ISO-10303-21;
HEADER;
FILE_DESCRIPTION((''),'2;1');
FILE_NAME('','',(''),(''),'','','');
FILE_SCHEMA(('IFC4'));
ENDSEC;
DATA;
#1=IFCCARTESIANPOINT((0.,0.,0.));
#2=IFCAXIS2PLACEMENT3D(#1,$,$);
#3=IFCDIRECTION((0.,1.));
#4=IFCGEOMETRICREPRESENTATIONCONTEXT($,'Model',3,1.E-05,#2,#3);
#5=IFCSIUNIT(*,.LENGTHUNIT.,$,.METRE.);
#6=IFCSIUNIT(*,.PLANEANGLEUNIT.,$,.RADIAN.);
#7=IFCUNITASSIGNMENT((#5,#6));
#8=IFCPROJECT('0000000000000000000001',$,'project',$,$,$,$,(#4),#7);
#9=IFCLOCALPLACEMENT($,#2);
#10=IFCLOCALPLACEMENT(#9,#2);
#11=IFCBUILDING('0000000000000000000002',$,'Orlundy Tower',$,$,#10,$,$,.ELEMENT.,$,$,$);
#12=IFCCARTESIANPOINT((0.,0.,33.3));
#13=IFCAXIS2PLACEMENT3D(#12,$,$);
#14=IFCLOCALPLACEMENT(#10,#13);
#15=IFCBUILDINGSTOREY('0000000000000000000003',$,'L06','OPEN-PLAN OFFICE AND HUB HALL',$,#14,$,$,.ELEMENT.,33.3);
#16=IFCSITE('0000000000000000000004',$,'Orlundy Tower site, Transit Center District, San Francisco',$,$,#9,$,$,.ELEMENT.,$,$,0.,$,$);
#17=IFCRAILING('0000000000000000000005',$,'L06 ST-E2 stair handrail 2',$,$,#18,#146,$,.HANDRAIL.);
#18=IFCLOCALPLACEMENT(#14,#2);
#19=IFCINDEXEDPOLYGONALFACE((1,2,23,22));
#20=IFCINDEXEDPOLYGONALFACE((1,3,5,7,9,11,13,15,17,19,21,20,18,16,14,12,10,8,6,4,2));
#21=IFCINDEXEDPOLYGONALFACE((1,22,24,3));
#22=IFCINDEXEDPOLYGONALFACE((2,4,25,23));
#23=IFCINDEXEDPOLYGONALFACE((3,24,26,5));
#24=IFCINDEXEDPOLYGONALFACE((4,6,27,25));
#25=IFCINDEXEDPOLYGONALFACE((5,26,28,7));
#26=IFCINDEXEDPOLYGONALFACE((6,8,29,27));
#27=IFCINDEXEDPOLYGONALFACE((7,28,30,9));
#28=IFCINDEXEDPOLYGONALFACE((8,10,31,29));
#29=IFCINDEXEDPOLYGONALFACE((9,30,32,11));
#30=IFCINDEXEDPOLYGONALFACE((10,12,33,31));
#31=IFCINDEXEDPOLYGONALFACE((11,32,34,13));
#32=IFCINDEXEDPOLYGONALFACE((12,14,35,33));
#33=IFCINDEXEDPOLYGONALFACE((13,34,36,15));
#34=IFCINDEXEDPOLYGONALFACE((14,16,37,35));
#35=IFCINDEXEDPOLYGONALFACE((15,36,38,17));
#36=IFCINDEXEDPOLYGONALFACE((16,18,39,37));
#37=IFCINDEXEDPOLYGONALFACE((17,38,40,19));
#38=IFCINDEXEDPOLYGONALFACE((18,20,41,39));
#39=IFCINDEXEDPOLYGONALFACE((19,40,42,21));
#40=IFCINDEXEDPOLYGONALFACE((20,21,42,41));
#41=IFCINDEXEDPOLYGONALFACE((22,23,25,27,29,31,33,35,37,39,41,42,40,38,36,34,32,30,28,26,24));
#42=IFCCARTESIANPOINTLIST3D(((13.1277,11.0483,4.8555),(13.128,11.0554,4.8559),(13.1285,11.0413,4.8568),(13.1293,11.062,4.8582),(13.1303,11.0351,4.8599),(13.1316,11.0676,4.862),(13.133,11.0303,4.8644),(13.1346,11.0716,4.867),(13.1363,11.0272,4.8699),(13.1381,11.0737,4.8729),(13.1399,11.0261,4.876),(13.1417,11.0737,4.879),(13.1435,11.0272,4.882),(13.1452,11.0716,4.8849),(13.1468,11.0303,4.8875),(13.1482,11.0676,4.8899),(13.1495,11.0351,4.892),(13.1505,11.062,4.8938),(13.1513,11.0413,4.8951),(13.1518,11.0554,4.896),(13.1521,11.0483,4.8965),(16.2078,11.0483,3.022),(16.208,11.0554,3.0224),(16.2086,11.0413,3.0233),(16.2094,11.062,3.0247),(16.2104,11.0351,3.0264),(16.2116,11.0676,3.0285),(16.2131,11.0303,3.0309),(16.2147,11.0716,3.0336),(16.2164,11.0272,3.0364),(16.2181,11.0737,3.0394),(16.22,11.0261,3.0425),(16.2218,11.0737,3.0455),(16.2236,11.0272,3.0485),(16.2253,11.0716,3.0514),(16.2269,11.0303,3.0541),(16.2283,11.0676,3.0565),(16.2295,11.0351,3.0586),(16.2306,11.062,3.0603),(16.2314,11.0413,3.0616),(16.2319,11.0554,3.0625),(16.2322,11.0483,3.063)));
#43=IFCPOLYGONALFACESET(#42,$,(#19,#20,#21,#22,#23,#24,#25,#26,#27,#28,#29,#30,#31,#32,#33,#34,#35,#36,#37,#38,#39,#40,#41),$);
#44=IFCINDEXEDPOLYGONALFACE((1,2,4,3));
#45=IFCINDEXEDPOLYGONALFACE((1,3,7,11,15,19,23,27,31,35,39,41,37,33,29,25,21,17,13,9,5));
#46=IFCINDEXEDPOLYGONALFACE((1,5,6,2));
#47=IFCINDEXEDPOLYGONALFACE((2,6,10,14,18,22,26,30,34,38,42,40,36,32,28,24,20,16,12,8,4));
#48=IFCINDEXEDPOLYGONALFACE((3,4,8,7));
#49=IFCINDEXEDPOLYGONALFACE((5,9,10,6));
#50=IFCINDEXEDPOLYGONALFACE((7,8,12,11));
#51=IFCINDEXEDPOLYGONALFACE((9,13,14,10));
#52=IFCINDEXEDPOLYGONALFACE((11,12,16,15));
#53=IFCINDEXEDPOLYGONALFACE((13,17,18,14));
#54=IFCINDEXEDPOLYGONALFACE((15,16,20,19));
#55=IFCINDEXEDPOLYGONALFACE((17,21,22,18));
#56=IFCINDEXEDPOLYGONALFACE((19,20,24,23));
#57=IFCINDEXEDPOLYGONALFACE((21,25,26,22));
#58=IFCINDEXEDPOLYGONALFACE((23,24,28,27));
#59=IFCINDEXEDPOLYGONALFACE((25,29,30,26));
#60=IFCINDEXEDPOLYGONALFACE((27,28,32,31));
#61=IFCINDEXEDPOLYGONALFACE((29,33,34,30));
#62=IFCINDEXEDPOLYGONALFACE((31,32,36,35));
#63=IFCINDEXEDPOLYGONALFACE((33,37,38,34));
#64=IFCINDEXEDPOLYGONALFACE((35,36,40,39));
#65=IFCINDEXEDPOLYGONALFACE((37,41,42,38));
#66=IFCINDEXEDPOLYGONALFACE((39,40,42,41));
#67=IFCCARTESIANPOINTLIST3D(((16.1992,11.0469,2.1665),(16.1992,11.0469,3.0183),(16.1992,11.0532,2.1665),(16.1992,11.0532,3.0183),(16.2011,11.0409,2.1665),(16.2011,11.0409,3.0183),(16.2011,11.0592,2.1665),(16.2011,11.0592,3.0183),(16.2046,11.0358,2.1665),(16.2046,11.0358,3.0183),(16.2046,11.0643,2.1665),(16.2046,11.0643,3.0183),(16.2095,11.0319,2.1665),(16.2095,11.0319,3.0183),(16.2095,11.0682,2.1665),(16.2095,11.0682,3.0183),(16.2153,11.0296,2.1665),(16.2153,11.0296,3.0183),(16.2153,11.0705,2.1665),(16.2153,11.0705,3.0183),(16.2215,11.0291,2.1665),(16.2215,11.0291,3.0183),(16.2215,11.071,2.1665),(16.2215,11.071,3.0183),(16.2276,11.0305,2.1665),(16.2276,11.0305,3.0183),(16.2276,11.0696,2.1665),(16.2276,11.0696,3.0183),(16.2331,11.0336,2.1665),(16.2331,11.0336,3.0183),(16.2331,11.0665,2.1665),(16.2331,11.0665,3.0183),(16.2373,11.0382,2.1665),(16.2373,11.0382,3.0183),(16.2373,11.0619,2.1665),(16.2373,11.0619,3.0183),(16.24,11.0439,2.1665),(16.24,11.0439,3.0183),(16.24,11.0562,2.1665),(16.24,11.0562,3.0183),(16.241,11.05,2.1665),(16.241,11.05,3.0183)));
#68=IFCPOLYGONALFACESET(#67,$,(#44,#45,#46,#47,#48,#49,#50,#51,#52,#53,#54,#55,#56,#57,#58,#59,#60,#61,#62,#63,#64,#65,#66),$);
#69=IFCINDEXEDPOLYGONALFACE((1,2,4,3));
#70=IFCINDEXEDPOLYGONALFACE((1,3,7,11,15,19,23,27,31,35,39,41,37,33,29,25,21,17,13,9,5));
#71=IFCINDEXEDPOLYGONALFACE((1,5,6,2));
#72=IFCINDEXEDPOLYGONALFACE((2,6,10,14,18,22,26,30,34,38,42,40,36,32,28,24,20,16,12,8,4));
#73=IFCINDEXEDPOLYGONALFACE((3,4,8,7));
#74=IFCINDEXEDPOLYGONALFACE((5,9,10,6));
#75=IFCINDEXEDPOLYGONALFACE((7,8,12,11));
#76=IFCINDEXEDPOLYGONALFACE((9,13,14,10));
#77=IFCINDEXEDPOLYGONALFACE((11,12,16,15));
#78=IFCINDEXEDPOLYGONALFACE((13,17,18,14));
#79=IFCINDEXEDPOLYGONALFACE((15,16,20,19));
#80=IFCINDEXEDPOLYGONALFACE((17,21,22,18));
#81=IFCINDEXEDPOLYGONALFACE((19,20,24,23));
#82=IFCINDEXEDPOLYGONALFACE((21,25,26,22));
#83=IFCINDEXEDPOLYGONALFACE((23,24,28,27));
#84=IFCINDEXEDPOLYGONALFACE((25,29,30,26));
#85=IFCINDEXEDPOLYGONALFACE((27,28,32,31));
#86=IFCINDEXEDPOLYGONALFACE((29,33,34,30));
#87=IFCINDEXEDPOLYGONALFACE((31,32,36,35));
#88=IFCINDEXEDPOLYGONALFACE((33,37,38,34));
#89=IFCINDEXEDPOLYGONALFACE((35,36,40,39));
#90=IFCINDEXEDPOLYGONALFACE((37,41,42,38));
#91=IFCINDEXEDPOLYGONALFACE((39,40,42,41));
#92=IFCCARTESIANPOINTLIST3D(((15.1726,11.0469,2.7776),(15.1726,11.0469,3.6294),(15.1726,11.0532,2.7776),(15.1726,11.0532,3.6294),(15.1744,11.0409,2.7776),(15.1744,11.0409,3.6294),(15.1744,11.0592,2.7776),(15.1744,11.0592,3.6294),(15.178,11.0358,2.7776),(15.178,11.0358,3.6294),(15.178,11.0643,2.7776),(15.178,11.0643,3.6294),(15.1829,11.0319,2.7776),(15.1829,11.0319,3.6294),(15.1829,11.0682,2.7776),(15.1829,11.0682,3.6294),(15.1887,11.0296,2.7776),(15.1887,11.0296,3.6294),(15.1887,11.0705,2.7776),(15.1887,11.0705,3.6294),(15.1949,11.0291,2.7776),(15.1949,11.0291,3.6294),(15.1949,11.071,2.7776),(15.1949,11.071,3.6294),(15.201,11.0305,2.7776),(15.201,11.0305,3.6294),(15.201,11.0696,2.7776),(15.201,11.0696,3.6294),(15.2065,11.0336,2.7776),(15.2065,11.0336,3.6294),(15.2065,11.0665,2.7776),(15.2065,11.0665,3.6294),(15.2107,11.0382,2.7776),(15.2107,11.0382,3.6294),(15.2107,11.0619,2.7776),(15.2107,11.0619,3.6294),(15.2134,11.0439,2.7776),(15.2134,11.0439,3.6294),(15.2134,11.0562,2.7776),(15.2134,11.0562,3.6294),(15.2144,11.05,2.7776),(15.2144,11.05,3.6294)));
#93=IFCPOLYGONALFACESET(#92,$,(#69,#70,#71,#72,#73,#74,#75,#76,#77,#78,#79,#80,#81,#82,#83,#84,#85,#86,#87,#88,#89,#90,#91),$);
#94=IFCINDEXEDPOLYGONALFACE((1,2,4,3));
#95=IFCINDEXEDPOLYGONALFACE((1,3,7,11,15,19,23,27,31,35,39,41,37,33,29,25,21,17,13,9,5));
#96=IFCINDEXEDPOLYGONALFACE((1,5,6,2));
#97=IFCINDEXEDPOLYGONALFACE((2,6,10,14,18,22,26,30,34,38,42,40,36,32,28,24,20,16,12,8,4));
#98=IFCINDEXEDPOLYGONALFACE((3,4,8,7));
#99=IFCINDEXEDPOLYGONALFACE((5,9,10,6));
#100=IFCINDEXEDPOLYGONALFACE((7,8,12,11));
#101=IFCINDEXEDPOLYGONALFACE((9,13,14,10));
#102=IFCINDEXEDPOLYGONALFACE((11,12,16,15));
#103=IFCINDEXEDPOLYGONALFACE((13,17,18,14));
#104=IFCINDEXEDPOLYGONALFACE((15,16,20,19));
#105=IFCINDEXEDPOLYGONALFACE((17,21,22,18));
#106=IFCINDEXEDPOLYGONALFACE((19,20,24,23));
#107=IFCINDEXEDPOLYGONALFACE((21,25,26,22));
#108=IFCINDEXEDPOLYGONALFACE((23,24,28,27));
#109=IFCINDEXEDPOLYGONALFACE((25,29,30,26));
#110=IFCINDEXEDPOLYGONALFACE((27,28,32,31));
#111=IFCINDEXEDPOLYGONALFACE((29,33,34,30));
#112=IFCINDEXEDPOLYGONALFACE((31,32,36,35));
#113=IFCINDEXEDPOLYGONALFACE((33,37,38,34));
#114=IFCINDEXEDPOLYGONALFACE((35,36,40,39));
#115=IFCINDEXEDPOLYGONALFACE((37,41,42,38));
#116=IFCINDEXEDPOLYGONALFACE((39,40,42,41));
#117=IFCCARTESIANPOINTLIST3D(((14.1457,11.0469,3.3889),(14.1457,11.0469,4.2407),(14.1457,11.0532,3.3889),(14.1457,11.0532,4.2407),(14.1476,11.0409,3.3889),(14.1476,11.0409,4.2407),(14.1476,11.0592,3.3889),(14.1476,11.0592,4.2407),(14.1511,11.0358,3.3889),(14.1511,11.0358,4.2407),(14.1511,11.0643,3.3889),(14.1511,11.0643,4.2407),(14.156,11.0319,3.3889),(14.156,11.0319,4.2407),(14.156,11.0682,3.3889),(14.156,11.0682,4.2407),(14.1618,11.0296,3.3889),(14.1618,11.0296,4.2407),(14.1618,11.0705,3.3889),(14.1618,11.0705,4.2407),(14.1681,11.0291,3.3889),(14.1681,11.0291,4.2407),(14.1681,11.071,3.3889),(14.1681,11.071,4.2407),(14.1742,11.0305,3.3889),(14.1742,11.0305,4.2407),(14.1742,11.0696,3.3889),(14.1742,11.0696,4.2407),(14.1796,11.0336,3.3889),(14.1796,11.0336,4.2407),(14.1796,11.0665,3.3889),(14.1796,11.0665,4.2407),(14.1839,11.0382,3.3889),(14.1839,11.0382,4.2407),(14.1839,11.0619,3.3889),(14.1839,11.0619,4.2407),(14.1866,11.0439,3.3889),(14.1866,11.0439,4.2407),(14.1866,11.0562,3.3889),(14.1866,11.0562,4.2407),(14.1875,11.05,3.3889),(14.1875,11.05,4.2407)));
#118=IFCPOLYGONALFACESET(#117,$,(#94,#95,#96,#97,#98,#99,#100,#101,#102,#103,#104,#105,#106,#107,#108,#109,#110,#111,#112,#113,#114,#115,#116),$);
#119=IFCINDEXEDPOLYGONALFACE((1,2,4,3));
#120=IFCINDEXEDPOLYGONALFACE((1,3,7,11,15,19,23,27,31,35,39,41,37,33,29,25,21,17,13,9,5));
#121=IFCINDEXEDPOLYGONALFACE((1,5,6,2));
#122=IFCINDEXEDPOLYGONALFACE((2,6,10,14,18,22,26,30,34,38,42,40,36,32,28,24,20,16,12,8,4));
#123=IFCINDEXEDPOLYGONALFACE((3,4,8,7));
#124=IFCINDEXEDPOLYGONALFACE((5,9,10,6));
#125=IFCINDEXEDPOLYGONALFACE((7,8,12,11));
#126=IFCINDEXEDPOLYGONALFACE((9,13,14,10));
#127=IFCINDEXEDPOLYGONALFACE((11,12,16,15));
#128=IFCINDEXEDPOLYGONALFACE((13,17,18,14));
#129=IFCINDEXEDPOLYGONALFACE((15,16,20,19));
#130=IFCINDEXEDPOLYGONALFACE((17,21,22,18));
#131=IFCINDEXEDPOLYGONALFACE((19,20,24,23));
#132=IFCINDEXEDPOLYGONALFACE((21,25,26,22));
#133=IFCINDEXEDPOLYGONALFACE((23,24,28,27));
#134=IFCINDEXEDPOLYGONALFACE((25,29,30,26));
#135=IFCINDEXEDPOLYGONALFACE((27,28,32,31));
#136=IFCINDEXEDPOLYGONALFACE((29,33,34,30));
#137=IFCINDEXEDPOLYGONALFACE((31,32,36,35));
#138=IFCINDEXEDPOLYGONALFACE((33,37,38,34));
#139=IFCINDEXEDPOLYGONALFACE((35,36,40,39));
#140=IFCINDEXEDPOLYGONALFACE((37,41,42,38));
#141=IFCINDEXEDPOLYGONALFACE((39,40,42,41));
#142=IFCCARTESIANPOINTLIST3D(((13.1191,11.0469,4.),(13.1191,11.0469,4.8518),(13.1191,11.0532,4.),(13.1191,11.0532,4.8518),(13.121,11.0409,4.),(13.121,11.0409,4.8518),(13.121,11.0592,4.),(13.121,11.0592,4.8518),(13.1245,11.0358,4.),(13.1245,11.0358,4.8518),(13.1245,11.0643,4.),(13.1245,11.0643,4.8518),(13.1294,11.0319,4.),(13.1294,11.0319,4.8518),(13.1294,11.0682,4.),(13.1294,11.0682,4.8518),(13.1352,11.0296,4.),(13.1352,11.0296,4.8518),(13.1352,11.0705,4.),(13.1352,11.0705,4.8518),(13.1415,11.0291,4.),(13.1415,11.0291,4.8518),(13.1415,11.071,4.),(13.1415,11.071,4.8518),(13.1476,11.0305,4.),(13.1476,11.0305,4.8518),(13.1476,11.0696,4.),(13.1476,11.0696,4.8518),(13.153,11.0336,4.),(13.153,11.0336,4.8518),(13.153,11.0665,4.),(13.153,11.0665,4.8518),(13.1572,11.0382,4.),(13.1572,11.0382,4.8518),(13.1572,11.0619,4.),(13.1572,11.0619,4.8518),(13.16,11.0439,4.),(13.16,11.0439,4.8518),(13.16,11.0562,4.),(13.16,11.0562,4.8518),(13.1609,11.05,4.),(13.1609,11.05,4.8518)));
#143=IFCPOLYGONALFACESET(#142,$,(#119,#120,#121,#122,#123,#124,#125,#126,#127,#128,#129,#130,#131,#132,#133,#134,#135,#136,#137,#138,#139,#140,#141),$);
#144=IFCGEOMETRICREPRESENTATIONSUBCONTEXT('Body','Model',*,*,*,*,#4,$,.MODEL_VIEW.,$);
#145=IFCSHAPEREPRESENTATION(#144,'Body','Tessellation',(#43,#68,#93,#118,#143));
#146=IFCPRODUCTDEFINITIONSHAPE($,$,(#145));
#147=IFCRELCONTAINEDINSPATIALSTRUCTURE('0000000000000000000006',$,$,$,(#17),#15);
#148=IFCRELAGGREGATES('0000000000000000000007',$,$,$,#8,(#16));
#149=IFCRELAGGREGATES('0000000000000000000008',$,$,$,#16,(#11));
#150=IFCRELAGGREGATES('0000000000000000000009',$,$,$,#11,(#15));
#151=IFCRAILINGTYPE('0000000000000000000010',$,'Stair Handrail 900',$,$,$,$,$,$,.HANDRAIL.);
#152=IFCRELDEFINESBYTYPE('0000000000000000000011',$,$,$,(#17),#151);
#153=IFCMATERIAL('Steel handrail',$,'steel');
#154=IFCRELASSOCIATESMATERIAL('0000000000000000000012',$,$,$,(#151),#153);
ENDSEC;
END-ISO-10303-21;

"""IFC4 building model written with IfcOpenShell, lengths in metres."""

from ifc_helpers import new_model, si_unit, direction, frame, origin, origin_2d, place, context, subcontext, project, spatial, circle, extrude, material, type_object, element, save


model = new_model("IFC4")

# Units and contexts
model_context = context("Model", 3, precision=1e-05, world=origin(), true_north=direction((0.0, 1.0)))
body_context = subcontext(model_context, "Body", "Model", "MODEL_VIEW")
ifc_project = project(units=[si_unit("LENGTHUNIT", "METRE"), si_unit("PLANEANGLEUNIT", "RADIAN")], contexts=[model_context])

# Site, building, storey
site_placement = place(None, origin())
site = spatial("IfcSite", under=ifc_project, at=site_placement, Name="Orlundy Tower site, Transit Center District, San Francisco", CompositionType="ELEMENT", RefElevation=0.0)
building_placement = place(site_placement, origin())
building = spatial("IfcBuilding", under=site, at=building_placement, Name="Orlundy Tower", CompositionType="ELEMENT")
storey_placement = place(building_placement, frame((0.0, 0.0, 33.3)))
storey = spatial("IfcBuildingStorey", under=building, at=storey_placement, Name="L06", Description="OPEN-PLAN OFFICE AND HUB HALL", CompositionType="ELEMENT", Elevation=33.3)

# Railing
ifc_material_1 = material(Name="Steel handrail", Category="steel")
railing_type_1 = type_object("IfcRailingType", Name="Stair Handrail 900", PredefinedType="HANDRAIL", material=ifc_material_1)
railing_1_placement = place(storey_placement, frame((16.22, 11.05, 2.1665)))
element("IfcRailing", 1, at=railing_1_placement, inside=storey, type_object=railing_type_1, Name="L06 ST-E2 stair handrail 2", PredefinedType="HANDRAIL", context=body_context, shape_type="SweptSolid", body=[
    extrude(circle(Radius=0.0239, at=origin_2d()), frame((0.0, 0.0, 0.876), z_axis=(-0.859279, 0.0, 0.511508), x_axis=(0.0, -1.0, 0.0)), (0.0, 0.0, 1.0), 3.5845),
    extrude(circle(Radius=0.021, at=origin_2d()), origin(), (0.0, 0.0, 1.0), 0.8518),
    extrude(circle(Radius=0.021, at=origin_2d()), frame((-1.0266, 0.0, 0.6111)), (0.0, 0.0, 1.0), 0.8518),
    extrude(circle(Radius=0.021, at=origin_2d()), frame((-2.0535, 0.0, 1.2224)), (0.0, 0.0, 1.0), 0.8518),
    extrude(circle(Radius=0.021, at=origin_2d()), frame((-3.0801, 0.0, 1.8335)), (0.0, 0.0, 1.0), 0.8518),
])

save(model, "model.ifc")
